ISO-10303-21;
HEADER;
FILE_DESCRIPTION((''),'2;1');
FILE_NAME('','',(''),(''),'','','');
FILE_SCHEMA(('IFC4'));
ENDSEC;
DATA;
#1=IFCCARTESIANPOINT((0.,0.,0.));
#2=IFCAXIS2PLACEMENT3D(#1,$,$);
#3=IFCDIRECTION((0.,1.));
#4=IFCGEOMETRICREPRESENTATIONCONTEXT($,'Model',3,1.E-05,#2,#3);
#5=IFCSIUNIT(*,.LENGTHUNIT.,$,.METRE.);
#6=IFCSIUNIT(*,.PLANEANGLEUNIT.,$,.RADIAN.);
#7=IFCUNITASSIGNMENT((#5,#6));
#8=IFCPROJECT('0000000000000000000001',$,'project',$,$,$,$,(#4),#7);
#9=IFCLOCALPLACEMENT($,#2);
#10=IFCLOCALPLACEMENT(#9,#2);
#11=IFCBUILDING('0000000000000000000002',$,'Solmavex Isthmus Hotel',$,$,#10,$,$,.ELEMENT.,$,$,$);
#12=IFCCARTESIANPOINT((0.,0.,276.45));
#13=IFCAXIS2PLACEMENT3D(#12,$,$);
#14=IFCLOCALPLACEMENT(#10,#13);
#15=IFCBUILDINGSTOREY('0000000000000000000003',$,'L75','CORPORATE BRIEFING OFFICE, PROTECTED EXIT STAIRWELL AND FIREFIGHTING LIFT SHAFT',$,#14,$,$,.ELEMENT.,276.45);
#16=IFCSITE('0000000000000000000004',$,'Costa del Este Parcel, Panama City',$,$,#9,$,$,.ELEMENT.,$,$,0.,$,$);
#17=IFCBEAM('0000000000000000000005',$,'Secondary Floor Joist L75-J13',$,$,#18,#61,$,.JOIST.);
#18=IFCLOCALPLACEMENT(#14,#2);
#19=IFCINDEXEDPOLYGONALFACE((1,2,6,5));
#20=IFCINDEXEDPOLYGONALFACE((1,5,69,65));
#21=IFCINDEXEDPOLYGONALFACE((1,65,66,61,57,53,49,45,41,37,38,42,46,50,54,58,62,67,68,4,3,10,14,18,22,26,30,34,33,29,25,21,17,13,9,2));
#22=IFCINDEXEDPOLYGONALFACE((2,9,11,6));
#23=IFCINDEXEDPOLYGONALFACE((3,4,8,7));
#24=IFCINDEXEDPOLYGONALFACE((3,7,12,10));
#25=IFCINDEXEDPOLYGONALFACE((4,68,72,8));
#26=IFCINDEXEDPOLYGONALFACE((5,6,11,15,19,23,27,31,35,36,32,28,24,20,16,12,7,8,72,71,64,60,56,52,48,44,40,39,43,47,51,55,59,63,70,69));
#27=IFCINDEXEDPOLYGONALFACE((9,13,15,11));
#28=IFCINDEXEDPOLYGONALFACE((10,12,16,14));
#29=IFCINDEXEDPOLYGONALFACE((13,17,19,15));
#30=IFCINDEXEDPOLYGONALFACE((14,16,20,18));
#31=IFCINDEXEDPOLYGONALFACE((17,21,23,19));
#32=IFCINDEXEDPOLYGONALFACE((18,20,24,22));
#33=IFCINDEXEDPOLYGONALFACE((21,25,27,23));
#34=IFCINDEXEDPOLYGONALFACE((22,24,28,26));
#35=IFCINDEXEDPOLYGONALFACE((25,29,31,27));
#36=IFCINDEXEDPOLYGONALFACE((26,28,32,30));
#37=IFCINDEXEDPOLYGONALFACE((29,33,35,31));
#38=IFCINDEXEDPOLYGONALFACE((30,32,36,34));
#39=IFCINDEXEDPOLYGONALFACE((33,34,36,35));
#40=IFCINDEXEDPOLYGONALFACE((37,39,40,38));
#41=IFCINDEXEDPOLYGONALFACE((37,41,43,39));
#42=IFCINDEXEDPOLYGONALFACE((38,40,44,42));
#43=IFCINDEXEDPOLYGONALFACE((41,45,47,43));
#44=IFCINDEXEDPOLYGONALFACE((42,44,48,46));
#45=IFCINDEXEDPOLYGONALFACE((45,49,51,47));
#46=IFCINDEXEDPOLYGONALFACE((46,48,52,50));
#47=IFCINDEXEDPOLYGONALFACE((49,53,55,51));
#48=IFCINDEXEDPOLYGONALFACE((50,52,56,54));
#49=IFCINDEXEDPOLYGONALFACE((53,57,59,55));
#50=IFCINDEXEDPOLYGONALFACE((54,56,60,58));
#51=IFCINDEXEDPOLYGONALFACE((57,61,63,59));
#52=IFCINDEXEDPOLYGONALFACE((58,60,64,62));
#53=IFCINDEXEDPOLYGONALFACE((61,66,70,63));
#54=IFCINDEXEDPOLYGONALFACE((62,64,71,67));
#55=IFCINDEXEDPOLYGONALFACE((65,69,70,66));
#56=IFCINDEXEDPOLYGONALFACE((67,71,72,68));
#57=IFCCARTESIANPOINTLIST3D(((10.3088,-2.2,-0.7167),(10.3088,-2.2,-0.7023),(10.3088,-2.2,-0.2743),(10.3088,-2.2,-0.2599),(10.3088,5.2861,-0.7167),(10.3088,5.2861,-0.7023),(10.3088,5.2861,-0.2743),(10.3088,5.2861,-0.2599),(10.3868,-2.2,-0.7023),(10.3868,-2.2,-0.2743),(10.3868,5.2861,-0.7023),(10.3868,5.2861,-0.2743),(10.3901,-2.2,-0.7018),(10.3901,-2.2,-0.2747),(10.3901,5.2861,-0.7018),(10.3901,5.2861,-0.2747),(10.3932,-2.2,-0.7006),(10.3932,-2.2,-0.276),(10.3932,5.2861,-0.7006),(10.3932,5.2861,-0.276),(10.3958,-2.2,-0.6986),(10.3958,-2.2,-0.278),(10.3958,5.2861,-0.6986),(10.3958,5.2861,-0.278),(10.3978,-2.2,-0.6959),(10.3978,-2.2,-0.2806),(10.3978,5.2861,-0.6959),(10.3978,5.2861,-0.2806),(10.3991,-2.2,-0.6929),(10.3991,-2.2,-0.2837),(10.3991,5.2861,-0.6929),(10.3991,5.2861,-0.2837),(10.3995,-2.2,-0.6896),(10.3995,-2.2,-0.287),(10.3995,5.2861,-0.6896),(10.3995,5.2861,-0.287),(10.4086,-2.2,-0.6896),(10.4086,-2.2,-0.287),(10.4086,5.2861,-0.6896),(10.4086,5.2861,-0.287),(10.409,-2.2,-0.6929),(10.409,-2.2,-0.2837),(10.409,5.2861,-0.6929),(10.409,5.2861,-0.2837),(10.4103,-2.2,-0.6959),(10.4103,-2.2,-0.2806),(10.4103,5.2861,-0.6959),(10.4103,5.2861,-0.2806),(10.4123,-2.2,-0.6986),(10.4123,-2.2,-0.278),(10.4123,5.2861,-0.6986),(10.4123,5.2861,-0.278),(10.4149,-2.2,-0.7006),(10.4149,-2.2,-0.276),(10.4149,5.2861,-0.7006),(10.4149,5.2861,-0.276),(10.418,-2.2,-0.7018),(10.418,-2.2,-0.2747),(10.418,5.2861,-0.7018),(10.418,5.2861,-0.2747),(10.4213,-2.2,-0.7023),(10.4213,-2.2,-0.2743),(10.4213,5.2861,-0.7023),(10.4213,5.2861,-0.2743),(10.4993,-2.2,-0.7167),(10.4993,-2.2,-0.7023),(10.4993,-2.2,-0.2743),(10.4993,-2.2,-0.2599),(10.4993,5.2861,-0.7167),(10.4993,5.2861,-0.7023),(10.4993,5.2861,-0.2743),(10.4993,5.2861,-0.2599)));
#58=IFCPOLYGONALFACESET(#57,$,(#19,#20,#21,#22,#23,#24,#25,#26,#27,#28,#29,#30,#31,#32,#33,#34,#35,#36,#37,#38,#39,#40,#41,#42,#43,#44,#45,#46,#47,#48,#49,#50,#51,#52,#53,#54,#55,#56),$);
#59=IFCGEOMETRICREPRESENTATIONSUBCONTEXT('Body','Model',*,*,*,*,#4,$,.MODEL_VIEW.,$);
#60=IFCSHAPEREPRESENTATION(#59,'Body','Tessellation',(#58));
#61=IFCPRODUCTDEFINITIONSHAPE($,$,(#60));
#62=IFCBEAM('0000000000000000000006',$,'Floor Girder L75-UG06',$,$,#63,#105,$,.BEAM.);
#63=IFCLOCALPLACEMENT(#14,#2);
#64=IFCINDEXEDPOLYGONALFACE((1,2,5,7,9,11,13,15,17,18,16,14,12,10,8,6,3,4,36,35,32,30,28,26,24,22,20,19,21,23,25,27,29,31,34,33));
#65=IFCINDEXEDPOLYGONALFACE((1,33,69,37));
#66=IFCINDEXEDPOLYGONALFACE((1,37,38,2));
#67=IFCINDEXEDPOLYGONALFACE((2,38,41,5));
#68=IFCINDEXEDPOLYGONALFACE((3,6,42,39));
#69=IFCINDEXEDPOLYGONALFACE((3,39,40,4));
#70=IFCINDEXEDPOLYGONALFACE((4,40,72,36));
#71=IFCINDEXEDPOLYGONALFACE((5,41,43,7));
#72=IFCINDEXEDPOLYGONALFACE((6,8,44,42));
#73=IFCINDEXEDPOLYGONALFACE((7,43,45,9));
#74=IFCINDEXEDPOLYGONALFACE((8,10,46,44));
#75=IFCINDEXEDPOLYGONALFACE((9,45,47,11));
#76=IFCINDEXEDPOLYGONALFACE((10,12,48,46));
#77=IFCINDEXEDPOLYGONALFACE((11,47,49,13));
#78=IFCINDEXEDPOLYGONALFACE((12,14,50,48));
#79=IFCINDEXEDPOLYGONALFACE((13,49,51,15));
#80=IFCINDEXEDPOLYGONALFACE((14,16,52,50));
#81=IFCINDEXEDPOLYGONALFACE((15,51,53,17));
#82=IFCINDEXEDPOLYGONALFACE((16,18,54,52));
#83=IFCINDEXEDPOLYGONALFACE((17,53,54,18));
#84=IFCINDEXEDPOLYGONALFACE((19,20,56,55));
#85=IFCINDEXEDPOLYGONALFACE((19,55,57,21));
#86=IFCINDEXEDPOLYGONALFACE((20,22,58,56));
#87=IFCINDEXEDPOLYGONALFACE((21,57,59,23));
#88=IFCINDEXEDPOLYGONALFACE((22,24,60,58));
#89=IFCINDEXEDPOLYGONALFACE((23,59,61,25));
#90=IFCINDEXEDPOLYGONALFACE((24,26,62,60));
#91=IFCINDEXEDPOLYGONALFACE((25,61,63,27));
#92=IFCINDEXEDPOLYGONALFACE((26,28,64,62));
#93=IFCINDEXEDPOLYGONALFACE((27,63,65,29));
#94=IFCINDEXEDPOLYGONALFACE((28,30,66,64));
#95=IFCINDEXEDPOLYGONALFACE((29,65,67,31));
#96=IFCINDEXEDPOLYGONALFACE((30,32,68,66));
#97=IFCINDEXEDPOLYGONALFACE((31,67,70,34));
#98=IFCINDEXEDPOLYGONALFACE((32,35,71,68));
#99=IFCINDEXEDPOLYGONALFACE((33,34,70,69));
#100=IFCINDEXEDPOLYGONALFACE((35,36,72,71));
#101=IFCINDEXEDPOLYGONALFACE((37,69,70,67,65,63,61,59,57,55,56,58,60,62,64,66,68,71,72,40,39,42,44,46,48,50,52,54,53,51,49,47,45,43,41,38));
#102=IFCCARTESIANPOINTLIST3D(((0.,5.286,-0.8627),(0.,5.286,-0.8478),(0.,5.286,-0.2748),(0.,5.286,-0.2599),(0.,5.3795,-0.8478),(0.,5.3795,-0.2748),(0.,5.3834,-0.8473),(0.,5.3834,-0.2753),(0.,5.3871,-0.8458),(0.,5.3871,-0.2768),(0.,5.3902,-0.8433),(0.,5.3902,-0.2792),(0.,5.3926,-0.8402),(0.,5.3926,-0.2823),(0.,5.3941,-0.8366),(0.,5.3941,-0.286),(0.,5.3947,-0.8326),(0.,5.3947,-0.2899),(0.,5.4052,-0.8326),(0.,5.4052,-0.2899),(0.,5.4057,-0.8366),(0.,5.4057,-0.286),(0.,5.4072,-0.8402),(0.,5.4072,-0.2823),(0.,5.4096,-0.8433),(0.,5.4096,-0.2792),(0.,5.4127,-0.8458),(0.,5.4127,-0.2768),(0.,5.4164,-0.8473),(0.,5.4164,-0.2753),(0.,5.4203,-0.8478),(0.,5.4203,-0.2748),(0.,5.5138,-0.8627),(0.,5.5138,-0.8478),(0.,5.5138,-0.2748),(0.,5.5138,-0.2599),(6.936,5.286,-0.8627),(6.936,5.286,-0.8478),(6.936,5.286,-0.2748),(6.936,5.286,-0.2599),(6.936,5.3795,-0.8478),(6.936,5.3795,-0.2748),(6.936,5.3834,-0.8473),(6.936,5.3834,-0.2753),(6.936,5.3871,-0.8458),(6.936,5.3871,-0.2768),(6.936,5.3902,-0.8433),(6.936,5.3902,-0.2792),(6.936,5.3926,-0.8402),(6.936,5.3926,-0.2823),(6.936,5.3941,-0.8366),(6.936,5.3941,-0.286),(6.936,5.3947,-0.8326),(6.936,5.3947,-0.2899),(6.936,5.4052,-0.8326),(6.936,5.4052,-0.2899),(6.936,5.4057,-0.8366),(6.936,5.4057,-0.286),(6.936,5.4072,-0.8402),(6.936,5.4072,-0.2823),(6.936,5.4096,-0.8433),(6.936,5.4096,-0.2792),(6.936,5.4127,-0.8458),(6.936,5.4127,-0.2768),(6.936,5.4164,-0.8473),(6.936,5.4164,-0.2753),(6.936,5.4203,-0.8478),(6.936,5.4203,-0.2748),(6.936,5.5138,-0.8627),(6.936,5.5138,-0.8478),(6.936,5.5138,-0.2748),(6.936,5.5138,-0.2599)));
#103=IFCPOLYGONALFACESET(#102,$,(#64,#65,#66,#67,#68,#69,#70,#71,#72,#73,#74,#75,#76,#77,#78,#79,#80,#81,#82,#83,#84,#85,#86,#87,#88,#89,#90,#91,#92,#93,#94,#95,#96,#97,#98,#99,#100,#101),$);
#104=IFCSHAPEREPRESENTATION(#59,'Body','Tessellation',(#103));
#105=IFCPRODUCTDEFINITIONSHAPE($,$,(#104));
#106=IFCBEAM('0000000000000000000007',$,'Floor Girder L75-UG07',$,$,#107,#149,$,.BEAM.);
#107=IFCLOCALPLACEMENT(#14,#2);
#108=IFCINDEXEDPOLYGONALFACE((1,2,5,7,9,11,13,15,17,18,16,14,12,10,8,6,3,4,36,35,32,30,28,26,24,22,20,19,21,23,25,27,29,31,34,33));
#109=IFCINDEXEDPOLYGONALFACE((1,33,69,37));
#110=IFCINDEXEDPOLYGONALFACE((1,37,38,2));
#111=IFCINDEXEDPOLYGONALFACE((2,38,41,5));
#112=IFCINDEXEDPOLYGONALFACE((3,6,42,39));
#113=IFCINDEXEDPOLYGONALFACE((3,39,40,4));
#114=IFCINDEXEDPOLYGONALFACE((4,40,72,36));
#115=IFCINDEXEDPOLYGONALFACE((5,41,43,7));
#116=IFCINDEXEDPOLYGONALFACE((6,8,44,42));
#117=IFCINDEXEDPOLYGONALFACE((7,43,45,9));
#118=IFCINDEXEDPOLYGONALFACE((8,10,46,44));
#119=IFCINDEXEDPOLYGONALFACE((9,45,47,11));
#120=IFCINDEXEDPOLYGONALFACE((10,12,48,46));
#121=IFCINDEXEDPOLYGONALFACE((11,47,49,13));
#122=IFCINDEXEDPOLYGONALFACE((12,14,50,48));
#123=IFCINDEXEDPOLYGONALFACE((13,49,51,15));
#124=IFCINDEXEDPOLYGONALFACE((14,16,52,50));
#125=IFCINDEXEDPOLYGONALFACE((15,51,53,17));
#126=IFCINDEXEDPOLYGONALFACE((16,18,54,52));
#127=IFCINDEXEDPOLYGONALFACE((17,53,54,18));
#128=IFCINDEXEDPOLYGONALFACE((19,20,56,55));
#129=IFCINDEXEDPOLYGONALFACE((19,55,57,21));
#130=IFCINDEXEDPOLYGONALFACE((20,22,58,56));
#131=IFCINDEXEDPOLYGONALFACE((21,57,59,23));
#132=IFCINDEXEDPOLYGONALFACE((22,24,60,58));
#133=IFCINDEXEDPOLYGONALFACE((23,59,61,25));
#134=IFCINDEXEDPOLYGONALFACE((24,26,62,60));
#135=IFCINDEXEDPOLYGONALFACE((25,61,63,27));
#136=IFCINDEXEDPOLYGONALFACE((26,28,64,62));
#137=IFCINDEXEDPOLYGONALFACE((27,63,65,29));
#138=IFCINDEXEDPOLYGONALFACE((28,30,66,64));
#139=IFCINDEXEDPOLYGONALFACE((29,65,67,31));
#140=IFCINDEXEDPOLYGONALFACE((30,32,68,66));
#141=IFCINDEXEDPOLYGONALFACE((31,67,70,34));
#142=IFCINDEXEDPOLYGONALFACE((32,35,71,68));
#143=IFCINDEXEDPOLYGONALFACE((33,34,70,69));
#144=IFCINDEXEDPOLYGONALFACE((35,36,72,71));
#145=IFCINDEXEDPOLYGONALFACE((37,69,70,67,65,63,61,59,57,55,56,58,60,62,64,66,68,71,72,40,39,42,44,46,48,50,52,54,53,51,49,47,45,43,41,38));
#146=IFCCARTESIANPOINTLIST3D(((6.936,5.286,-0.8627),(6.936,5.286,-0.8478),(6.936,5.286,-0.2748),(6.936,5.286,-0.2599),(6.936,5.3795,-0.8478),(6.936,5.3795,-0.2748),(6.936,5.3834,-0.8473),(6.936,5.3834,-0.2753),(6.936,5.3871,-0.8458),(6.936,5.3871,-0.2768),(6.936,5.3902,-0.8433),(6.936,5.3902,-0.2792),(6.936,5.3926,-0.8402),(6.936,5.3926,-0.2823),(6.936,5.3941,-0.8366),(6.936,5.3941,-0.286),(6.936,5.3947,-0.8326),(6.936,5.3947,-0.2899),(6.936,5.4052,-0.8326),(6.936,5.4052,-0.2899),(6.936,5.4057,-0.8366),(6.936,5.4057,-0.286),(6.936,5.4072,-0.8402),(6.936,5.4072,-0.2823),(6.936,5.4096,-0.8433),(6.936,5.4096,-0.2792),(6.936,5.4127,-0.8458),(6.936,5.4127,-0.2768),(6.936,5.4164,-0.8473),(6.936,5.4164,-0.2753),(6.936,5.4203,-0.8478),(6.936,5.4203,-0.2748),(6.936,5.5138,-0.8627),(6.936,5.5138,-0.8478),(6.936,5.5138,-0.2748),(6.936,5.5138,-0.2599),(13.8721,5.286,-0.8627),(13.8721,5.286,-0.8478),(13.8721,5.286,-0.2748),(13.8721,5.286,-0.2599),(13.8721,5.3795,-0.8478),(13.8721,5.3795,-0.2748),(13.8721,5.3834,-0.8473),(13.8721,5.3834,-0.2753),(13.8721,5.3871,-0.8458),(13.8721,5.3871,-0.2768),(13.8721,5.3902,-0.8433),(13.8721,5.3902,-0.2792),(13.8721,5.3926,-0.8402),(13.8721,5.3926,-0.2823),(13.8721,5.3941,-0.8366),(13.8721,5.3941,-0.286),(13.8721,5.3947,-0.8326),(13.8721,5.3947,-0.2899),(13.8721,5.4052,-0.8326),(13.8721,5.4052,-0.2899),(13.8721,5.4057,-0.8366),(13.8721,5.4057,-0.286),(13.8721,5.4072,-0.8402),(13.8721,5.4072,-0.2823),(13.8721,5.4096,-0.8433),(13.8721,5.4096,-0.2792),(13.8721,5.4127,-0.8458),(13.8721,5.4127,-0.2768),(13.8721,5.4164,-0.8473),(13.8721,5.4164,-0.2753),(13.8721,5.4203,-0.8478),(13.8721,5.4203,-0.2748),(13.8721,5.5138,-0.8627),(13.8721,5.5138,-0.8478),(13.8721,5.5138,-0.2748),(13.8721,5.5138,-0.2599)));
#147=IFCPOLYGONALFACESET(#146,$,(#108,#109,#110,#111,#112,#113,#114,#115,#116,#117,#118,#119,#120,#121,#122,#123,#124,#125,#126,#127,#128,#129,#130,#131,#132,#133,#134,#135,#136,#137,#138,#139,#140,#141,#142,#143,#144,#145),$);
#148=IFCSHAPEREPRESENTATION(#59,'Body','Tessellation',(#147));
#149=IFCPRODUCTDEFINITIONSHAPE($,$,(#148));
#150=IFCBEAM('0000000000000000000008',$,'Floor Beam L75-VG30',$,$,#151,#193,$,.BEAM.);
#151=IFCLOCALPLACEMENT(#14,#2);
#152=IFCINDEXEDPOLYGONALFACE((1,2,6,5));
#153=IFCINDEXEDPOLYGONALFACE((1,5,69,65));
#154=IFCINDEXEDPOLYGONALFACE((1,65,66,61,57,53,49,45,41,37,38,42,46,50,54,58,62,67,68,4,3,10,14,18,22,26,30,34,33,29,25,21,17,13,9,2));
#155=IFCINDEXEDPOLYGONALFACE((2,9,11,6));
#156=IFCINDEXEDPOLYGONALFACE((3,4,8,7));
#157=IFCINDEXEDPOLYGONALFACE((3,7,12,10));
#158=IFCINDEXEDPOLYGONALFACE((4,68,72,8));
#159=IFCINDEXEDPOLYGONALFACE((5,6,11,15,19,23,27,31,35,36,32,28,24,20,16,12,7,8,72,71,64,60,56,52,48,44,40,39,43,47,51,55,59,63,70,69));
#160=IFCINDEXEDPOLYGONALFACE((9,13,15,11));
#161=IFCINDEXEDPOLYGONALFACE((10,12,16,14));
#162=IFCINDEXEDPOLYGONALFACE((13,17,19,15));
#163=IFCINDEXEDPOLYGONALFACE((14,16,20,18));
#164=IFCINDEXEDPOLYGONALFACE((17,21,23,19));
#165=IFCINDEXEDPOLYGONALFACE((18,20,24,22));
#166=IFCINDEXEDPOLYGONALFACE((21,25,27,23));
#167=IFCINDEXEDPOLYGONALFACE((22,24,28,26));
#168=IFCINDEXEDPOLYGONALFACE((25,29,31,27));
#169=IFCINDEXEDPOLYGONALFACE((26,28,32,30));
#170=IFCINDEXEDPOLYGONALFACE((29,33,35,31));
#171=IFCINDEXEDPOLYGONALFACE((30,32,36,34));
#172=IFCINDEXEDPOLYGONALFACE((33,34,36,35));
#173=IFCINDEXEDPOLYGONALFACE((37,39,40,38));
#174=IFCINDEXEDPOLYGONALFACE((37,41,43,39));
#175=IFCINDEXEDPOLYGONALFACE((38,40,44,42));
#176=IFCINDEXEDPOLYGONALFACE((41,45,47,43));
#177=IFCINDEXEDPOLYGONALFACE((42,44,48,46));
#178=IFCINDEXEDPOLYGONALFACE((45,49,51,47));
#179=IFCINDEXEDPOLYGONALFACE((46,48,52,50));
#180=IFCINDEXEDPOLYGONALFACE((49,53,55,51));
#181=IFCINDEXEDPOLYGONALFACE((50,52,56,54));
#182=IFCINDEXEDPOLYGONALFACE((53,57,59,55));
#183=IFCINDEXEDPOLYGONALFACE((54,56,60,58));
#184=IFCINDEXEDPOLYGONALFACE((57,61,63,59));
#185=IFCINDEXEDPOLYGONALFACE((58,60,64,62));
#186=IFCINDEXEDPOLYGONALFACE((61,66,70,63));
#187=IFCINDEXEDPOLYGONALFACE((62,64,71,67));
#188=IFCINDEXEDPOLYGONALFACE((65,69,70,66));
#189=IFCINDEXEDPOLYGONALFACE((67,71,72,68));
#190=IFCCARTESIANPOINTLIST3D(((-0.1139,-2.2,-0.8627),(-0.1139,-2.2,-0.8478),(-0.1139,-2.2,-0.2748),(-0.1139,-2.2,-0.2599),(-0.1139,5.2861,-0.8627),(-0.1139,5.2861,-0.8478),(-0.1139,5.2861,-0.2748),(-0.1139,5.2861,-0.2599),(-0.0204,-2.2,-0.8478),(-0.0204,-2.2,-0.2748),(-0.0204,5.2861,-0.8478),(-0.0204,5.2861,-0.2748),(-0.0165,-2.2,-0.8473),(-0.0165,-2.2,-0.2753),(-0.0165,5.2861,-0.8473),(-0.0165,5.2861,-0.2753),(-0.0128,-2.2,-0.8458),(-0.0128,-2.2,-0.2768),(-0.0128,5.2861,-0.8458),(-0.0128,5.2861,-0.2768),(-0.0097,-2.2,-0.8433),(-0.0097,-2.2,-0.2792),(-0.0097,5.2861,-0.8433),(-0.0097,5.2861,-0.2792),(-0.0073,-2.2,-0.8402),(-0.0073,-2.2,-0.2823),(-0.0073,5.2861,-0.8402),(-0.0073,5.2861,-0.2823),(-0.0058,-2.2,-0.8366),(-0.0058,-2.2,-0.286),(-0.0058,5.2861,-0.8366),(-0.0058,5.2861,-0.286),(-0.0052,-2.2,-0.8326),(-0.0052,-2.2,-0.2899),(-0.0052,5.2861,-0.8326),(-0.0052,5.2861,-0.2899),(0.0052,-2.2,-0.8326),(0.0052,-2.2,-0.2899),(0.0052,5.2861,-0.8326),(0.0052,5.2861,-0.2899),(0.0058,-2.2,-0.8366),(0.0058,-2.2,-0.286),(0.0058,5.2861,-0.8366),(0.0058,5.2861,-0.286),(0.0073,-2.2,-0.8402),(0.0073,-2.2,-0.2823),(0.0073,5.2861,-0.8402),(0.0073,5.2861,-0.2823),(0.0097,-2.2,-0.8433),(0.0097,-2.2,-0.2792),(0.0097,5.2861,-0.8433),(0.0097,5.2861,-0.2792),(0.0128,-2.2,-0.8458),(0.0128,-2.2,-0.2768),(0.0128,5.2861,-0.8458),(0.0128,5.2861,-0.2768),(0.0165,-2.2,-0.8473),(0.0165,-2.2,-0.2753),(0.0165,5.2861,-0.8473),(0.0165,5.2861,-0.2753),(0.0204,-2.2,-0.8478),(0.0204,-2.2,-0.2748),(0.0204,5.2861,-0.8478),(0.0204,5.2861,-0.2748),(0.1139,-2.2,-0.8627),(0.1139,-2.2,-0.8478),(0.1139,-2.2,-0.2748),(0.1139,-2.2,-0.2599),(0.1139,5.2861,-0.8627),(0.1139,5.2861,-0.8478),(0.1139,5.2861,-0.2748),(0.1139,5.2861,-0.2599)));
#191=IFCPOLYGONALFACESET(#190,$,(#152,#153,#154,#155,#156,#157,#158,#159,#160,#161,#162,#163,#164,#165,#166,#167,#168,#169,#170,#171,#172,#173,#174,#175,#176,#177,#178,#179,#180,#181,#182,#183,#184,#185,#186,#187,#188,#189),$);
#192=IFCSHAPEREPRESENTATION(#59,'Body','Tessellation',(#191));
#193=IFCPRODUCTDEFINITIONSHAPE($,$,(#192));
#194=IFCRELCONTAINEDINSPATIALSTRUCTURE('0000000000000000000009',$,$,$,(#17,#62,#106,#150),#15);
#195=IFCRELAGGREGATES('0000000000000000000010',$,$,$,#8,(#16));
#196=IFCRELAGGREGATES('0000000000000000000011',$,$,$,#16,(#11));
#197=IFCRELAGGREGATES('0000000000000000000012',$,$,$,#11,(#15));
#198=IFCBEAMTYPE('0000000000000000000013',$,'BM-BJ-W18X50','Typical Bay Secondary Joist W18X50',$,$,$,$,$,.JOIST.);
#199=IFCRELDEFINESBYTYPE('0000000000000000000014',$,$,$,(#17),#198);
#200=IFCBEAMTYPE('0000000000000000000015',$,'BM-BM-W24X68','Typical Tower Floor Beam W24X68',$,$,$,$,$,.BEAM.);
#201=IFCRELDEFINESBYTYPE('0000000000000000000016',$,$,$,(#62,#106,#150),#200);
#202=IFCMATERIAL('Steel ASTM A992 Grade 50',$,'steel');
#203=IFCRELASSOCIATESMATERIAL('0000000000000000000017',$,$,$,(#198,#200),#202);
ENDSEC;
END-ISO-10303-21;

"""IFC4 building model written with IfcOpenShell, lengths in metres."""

from ifc_helpers import new_model, si_unit, direction, frame, origin, origin_2d, place, context, subcontext, project, spatial, i_section, extrude, material, material_profile, profile_set, type_object, element, save


model = new_model("IFC4")

# Units and contexts
model_context = context("Model", 3, precision=1e-05, world=origin(), true_north=direction((0.0, 1.0)))
body_context = subcontext(model_context, "Body", "Model", "MODEL_VIEW")
ifc_project = project(units=[si_unit("LENGTHUNIT", "METRE"), si_unit("PLANEANGLEUNIT", "RADIAN")], contexts=[model_context])

# Site, building, storey
site_placement = place(None, origin())
site = spatial("IfcSite", under=ifc_project, at=site_placement, Name="Costa del Este Parcel, Panama City", CompositionType="ELEMENT", RefElevation=0.0)
building_placement = place(site_placement, origin())
building = spatial("IfcBuilding", under=site, at=building_placement, Name="Solmavex Isthmus Hotel", CompositionType="ELEMENT")
storey_placement = place(building_placement, frame((0.0, 0.0, 276.45)))
storey = spatial("IfcBuildingStorey", under=building, at=storey_placement, Name="L75", Description="CORPORATE BRIEFING OFFICE, PROTECTED EXIT STAIRWELL AND FIREFIGHTING LIFT SHAFT", CompositionType="ELEMENT", Elevation=276.45)

# Beams
ifc_material_1 = material(Name="Steel ASTM A992 Grade 50", Category="steel")
ifc_material_profile_1 = material_profile(ifc_material_1, i_section(OverallWidth=0.1904, OverallDepth=0.4568, WebThickness=0.009, FlangeThickness=0.0144, FilletRadius=0.0127, at=origin_2d()), Name="W18X50")
ifc_profile_set_1 = profile_set([ifc_material_profile_1], Name="Steel ASTM A992 Grade 50")
beam_type_1 = type_object("IfcBeamType", Name="BM-BJ-W18X50", Description="Typical Bay Secondary Joist W18X50", PredefinedType="JOIST", material=ifc_profile_set_1)
for number, where, z_axis, x_axis, name in (
    (1, (10.4041, -2.2, -0.4883), (0.0, 1.0, 0.0), (-1.0, 0.0, 0.0), "Secondary Floor Joist L75-J13"),
):
    element("IfcBeam", number, at=place(storey_placement, frame(where, z_axis=z_axis, x_axis=x_axis)), inside=storey, type_object=beam_type_1, Name=name, PredefinedType="JOIST", context=body_context, shape_type="SweptSolid", body=[
        extrude(i_section(OverallWidth=0.1904, OverallDepth=0.4568, WebThickness=0.009, FlangeThickness=0.0144, FilletRadius=0.0127, at=origin_2d()), origin(), (0.0, 0.0, 1.0), 7.4861),
    ])
ifc_material_profile_2 = material_profile(ifc_material_1, i_section(OverallWidth=0.2278, OverallDepth=0.6028, WebThickness=0.0105, FlangeThickness=0.0149, FilletRadius=0.0151, at=origin_2d()), Name="W24X68")
ifc_profile_set_2 = profile_set([ifc_material_profile_2], Name="Steel ASTM A992 Grade 50")
beam_type_2 = type_object("IfcBeamType", Name="BM-BM-W24X68", Description="Typical Tower Floor Beam W24X68", PredefinedType="BEAM", material=ifc_profile_set_2)
for number, where, z_axis, x_axis, name in (
    (2, (0.0, 5.3999, -0.5613), (1.0, 0.0, 0.0), (0.0, 1.0, 0.0), "Floor Girder L75-UG06"),
    (3, (6.936, 5.3999, -0.5613), (1.0, 0.0, 0.0), (0.0, 1.0, 0.0), "Floor Girder L75-UG07"),
):
    element("IfcBeam", number, at=place(storey_placement, frame(where, z_axis=z_axis, x_axis=x_axis)), inside=storey, type_object=beam_type_2, Name=name, PredefinedType="BEAM", context=body_context, shape_type="SweptSolid", body=[
        extrude(i_section(OverallWidth=0.2278, OverallDepth=0.6028, WebThickness=0.0105, FlangeThickness=0.0149, FilletRadius=0.0151, at=origin_2d()), origin(), (0.0, 0.0, 1.0), 6.936),
    ])
for number, where, z_axis, x_axis, name in (
    (4, (0.0, -2.2, -0.5613), (0.0, 1.0, 0.0), (-1.0, 0.0, 0.0), "Floor Beam L75-VG30"),
):
    element("IfcBeam", number, at=place(storey_placement, frame(where, z_axis=z_axis, x_axis=x_axis)), inside=storey, type_object=beam_type_2, Name=name, PredefinedType="BEAM", context=body_context, shape_type="SweptSolid", body=[
        extrude(i_section(OverallWidth=0.2278, OverallDepth=0.6028, WebThickness=0.0105, FlangeThickness=0.0149, FilletRadius=0.0151, at=origin_2d()), origin(), (0.0, 0.0, 1.0), 7.4861),
    ])

save(model, "model.ifc")
